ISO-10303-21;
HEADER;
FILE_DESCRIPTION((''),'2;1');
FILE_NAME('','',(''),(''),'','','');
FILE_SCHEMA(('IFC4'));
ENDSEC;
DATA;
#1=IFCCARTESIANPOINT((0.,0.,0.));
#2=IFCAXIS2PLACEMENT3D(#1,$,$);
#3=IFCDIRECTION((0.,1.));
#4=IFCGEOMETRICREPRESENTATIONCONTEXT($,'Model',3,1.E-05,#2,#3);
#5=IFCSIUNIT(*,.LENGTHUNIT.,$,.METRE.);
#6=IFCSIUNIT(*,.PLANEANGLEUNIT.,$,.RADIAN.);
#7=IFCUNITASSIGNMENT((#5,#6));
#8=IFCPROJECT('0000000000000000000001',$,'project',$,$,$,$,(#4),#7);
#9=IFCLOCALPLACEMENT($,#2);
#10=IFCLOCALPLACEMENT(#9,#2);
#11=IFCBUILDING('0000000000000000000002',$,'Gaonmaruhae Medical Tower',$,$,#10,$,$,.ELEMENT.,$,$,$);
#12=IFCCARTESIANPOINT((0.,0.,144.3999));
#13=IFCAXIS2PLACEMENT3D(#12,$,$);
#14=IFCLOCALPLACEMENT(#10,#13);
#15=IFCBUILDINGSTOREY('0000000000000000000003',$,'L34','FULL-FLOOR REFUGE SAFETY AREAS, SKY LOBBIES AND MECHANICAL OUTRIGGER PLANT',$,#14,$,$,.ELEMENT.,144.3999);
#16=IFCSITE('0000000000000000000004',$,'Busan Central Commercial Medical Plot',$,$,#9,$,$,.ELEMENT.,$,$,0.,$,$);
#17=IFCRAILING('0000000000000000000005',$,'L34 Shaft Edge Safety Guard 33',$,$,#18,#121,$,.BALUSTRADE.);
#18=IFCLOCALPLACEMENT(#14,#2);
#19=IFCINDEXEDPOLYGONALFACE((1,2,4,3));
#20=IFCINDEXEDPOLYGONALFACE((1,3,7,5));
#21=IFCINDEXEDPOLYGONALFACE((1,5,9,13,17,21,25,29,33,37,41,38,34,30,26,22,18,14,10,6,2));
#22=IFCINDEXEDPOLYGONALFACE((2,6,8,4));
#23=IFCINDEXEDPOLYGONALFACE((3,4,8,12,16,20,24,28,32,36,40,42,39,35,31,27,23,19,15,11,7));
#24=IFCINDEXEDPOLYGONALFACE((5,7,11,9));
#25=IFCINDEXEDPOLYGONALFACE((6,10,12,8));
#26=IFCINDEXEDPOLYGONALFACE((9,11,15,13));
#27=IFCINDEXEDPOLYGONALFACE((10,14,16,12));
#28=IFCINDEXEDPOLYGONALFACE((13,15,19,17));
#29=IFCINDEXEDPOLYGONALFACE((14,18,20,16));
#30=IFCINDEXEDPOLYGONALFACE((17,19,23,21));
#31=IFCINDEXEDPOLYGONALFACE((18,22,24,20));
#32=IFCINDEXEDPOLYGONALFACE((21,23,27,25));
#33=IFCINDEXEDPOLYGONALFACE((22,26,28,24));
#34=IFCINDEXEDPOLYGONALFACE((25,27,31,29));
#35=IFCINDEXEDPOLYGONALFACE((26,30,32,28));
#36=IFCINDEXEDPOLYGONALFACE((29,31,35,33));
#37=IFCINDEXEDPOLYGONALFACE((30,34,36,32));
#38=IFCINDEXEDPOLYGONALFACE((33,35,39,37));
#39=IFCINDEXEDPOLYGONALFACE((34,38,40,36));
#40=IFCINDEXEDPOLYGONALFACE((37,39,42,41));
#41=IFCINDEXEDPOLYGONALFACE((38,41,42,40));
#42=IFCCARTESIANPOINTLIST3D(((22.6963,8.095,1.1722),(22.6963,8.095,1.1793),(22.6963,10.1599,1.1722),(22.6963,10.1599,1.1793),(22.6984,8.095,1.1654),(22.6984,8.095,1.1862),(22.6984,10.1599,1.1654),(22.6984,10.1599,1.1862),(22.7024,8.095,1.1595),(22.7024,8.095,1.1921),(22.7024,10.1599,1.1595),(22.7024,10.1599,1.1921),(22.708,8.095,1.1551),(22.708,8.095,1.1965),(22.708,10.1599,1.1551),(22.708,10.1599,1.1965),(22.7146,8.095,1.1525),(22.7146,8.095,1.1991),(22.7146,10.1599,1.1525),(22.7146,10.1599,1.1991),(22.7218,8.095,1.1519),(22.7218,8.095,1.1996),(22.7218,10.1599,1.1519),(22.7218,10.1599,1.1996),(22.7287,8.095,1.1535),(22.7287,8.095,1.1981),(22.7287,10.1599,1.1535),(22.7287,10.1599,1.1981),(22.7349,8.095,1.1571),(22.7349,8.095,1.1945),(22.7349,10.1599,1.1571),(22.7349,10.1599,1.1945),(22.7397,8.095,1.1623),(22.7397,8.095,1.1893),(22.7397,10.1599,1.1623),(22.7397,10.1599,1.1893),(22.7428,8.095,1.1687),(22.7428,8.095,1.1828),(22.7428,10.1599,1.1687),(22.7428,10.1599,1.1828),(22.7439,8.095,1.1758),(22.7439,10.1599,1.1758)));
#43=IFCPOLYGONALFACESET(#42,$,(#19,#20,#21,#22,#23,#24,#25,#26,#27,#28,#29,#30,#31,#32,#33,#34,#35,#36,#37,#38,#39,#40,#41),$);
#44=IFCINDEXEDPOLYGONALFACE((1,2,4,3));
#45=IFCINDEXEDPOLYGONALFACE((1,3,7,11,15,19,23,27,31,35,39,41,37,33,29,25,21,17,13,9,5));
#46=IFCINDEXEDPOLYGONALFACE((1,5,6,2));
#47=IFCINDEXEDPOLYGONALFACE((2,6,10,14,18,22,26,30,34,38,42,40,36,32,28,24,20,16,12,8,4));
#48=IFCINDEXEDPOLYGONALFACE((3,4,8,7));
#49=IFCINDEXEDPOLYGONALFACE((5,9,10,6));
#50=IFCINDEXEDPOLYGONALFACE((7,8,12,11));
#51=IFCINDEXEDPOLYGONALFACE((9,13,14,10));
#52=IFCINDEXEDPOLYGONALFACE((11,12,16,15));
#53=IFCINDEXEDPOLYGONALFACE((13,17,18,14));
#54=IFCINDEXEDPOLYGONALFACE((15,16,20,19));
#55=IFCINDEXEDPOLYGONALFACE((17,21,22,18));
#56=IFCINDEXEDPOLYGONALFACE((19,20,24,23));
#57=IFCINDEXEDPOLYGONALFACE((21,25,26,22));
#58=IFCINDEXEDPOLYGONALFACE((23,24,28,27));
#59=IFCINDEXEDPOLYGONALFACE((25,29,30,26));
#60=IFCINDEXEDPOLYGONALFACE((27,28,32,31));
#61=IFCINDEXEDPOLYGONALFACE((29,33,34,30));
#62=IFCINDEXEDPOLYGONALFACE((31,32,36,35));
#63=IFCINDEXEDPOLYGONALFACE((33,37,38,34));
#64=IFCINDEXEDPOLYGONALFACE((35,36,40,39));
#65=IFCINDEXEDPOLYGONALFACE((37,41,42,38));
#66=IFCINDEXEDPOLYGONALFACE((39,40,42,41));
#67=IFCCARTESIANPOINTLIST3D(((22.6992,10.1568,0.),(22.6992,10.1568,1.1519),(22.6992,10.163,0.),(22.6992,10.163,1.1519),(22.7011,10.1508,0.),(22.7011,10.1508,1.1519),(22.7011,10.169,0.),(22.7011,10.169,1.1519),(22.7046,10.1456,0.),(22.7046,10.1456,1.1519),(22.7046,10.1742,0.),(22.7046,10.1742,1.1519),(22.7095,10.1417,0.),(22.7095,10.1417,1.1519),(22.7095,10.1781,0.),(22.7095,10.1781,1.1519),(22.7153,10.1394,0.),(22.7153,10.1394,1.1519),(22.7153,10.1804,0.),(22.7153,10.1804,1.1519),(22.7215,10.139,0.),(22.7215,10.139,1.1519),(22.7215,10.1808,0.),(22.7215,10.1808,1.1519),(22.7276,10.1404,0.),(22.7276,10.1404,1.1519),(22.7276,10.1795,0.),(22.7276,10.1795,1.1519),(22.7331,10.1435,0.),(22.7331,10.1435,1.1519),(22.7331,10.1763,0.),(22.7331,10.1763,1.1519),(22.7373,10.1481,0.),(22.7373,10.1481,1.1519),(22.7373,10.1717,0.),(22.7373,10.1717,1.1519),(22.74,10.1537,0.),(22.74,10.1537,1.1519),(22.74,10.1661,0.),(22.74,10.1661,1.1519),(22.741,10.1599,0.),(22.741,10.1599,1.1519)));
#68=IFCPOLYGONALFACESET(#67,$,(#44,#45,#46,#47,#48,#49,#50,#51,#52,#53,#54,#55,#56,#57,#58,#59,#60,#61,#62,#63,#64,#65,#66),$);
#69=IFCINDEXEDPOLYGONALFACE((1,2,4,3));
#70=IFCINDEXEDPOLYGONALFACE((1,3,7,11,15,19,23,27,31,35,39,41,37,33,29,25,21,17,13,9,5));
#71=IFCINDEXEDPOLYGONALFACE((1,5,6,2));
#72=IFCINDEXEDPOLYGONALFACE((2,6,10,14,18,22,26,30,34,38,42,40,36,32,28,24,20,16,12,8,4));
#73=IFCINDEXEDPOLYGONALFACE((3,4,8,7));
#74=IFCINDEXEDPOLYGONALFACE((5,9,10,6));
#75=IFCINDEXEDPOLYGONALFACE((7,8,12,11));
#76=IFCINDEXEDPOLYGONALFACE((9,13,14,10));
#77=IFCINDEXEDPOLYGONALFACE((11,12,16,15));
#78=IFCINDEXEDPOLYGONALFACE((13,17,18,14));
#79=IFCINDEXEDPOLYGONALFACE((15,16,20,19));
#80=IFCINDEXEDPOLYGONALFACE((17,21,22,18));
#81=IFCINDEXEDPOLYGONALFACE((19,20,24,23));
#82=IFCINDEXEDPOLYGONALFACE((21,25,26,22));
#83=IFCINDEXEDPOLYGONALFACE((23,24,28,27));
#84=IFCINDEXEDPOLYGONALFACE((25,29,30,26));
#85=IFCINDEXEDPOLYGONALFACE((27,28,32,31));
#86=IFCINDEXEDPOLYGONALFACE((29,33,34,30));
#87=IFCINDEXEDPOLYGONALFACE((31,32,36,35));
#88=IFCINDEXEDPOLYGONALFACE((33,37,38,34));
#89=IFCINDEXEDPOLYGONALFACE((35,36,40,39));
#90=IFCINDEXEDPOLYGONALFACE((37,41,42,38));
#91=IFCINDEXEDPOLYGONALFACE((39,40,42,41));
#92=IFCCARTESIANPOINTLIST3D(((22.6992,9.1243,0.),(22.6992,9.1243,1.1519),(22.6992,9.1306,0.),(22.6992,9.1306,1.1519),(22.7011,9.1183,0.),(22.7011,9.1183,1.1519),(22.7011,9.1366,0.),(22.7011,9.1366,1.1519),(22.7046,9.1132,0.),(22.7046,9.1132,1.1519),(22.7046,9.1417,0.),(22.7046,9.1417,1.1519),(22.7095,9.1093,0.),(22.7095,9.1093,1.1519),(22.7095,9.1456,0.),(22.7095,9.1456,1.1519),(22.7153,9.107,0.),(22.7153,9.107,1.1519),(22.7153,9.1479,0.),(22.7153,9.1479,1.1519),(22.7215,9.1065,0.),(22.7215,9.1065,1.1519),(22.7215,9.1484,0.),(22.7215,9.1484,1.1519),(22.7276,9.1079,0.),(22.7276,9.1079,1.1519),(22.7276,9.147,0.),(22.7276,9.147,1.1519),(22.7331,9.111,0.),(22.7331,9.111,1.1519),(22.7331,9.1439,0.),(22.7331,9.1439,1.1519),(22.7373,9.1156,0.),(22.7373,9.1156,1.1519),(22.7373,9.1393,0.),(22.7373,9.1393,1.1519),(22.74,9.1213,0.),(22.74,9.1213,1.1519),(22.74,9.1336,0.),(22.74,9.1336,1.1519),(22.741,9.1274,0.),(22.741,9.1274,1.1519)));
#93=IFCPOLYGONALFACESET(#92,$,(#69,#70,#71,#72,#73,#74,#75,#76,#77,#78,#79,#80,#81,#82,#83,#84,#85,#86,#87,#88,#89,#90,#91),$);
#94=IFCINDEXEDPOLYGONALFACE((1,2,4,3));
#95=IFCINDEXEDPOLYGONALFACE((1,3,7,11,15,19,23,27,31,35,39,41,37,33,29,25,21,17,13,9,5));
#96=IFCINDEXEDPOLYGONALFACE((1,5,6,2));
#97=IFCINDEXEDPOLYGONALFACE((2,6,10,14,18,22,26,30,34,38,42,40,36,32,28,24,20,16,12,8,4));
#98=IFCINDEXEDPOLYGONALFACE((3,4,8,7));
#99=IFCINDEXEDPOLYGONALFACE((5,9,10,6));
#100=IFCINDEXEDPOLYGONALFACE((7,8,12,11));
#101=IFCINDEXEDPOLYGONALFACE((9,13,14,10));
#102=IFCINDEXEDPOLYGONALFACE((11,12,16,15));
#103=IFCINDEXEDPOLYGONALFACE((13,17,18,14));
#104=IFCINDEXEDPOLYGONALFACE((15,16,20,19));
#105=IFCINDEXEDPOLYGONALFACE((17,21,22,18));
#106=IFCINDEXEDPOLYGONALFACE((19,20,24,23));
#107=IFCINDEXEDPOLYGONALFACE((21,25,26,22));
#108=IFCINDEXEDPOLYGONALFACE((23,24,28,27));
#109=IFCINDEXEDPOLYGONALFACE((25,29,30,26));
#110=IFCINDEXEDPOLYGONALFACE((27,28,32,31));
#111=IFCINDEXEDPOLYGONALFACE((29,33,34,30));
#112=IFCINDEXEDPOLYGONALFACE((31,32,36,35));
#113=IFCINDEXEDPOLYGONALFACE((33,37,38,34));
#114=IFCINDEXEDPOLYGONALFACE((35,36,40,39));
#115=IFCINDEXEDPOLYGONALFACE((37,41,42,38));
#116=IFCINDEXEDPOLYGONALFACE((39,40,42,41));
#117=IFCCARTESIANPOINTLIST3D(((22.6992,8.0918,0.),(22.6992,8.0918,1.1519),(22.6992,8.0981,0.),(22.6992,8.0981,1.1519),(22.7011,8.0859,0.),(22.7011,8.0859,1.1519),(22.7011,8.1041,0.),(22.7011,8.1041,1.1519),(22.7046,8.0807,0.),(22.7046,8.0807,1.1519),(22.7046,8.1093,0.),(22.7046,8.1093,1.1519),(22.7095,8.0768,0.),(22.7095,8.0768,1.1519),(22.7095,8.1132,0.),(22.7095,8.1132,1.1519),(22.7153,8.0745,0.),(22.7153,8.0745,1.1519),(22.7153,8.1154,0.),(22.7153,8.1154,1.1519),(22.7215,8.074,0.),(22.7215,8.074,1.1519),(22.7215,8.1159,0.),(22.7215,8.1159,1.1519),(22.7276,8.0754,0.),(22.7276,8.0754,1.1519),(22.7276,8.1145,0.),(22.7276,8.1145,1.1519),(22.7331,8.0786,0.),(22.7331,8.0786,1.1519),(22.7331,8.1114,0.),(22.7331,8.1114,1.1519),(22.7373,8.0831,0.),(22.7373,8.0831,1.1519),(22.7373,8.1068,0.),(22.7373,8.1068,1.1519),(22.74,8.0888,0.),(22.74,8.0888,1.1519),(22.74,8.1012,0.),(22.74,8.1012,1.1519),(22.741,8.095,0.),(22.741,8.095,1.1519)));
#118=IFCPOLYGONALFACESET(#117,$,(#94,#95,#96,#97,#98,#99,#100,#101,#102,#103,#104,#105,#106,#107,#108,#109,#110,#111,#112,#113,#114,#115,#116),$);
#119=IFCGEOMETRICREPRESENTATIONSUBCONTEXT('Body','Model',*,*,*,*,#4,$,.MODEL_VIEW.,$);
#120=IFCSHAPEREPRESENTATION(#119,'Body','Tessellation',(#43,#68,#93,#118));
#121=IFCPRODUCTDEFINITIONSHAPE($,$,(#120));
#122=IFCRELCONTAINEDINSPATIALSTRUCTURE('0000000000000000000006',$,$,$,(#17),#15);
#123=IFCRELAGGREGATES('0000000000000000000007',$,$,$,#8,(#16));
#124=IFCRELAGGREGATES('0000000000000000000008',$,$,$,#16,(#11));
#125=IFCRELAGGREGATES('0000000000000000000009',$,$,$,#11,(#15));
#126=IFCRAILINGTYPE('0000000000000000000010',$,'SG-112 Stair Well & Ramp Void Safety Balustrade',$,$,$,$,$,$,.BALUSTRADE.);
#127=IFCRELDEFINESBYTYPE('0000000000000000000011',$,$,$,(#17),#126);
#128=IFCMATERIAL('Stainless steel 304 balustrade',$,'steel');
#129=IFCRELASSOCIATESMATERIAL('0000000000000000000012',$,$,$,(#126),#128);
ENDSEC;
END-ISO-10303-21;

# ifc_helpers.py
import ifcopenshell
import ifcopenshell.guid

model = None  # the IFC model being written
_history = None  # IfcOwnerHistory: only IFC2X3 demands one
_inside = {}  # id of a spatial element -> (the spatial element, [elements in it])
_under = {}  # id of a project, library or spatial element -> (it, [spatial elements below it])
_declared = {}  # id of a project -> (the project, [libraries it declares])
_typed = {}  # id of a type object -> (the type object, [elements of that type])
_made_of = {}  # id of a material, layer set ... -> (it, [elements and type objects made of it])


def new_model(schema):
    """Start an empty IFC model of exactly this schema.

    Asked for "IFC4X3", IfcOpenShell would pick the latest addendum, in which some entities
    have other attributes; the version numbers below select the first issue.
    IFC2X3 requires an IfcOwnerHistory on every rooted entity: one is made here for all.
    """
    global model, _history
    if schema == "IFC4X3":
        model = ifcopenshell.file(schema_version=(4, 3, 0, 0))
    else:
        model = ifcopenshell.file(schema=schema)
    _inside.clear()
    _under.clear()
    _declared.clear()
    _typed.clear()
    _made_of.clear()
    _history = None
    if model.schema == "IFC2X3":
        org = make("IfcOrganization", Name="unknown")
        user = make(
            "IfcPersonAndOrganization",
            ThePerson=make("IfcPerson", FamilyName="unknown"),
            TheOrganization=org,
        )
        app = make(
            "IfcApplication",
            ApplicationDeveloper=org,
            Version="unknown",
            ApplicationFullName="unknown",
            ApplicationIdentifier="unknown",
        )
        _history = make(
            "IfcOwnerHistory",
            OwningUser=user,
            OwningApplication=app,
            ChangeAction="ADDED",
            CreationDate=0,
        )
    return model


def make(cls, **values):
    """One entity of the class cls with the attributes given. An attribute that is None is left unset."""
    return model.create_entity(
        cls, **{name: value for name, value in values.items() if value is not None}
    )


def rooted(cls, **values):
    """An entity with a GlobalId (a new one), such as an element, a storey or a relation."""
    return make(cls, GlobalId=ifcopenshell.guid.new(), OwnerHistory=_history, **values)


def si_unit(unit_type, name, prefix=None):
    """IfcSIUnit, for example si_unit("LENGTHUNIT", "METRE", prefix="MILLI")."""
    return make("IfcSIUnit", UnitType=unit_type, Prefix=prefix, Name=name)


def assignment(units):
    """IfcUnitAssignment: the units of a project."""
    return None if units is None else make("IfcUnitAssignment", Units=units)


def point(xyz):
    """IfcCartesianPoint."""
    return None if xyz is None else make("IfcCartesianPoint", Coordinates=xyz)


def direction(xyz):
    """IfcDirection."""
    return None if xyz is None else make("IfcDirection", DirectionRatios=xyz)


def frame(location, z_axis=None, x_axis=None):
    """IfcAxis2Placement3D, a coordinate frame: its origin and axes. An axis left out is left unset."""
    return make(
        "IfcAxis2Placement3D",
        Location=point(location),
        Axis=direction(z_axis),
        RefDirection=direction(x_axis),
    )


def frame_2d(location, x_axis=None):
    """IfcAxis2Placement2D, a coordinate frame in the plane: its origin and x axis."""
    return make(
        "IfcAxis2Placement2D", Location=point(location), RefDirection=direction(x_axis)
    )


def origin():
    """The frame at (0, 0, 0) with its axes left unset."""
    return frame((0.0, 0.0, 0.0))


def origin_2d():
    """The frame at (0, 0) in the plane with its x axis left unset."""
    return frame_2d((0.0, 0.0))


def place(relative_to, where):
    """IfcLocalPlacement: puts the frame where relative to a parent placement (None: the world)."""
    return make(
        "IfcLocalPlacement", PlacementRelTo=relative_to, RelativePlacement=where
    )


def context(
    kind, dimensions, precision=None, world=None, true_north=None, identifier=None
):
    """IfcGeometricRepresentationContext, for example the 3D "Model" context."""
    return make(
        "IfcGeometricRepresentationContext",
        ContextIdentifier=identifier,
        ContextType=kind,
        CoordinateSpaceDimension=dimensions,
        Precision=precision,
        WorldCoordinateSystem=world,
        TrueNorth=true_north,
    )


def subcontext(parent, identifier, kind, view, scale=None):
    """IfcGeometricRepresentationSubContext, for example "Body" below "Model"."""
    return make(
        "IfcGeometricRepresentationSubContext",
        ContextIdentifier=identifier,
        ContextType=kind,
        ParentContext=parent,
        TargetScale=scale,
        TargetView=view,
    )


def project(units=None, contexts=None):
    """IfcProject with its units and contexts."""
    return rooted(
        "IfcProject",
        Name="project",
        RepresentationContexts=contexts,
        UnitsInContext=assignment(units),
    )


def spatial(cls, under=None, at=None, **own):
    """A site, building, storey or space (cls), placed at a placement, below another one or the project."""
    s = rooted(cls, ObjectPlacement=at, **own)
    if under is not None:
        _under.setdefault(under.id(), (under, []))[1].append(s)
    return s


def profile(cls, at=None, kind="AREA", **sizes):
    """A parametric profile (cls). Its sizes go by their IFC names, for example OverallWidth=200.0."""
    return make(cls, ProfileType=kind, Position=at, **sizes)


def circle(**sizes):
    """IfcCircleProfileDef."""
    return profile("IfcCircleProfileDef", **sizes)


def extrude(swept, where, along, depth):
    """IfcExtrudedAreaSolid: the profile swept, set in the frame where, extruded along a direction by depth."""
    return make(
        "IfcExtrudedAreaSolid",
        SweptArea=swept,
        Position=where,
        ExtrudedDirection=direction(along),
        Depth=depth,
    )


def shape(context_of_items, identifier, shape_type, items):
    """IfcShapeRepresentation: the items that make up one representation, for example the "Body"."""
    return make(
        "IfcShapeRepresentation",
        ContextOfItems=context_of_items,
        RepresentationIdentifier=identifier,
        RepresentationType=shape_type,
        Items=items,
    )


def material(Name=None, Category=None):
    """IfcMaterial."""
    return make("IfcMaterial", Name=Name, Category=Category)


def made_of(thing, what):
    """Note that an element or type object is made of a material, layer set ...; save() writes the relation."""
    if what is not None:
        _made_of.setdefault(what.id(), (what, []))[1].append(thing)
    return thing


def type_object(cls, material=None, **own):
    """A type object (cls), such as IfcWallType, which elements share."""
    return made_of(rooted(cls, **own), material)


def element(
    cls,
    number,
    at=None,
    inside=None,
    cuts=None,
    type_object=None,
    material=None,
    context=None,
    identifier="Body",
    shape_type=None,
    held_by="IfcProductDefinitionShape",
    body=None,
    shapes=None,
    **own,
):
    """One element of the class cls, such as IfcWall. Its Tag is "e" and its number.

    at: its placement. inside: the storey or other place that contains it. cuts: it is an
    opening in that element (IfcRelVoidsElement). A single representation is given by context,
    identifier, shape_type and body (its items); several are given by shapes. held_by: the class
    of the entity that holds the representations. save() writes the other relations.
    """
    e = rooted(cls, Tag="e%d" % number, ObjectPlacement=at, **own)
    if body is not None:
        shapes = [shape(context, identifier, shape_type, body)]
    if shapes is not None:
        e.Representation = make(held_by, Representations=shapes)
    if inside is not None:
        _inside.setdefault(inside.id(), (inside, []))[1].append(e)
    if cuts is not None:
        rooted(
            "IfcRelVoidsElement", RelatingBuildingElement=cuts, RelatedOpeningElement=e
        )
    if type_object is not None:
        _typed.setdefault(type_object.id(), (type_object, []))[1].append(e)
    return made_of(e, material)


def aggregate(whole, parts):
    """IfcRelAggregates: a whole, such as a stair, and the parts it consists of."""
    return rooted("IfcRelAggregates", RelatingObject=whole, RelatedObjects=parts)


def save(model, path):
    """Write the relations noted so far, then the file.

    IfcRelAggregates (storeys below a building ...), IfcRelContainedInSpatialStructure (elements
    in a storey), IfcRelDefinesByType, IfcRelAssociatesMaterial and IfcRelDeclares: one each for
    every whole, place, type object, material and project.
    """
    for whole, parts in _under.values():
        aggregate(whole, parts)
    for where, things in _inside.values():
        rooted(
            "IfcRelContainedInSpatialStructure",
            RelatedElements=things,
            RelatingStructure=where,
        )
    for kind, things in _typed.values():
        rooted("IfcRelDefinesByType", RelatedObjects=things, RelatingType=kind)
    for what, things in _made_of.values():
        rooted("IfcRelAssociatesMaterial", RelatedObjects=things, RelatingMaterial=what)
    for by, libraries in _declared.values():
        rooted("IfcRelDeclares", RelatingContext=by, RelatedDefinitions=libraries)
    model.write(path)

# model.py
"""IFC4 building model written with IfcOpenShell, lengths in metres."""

from ifc_helpers import new_model, si_unit, direction, frame, origin, origin_2d, place, context, subcontext, project, spatial, circle, extrude, material, type_object, element, save


model = new_model("IFC4")

# Units and contexts
model_context = context("Model", 3, precision=1e-05, world=origin(), true_north=direction((0.0, 1.0)))
body_context = subcontext(model_context, "Body", "Model", "MODEL_VIEW")
ifc_project = project(units=[si_unit("LENGTHUNIT", "METRE"), si_unit("PLANEANGLEUNIT", "RADIAN")], contexts=[model_context])

# Site, building, storey
site_placement = place(None, origin())
site = spatial("IfcSite", under=ifc_project, at=site_placement, Name="Busan Central Commercial Medical Plot", CompositionType="ELEMENT", RefElevation=0.0)
building_placement = place(site_placement, origin())
building = spatial("IfcBuilding", under=site, at=building_placement, Name="Gaonmaruhae Medical Tower", CompositionType="ELEMENT")
storey_placement = place(building_placement, frame((0.0, 0.0, 144.3999)))
storey = spatial("IfcBuildingStorey", under=building, at=storey_placement, Name="L34", Description="FULL-FLOOR REFUGE SAFETY AREAS, SKY LOBBIES AND MECHANICAL OUTRIGGER PLANT", CompositionType="ELEMENT", Elevation=144.3999)

# Railing
ifc_material_1 = material(Name="Stainless steel 304 balustrade", Category="steel")
railing_type = type_object("IfcRailingType", Name="SG-112 Stair Well & Ramp Void Safety Balustrade", PredefinedType="BALUSTRADE", material=ifc_material_1)
railing_1_placement = place(storey_placement, frame((22.72, 10.1599, 0.0)))
element("IfcRailing", 1, at=railing_1_placement, inside=storey, type_object=railing_type, Name="L34 Shaft Edge Safety Guard 33", PredefinedType="BALUSTRADE", context=body_context, shape_type="SweptSolid", body=[
    extrude(circle(Radius=0.0239, at=origin_2d()), frame((0.0, 0.0, 1.1758), z_axis=(0.0, -1.0, 0.0), x_axis=(1.0, 0.0, 0.0)), (0.0, 0.0, 1.0), 2.0649),
    extrude(circle(Radius=0.021, at=origin_2d()), origin(), (0.0, 0.0, 1.0), 1.1519),
    extrude(circle(Radius=0.021, at=origin_2d()), frame((0.0, -1.0325, 0.0)), (0.0, 0.0, 1.0), 1.1519),
    extrude(circle(Radius=0.021, at=origin_2d()), frame((0.0, -2.0649, 0.0)), (0.0, 0.0, 1.0), 1.1519),
])

save(model, "model.ifc")
